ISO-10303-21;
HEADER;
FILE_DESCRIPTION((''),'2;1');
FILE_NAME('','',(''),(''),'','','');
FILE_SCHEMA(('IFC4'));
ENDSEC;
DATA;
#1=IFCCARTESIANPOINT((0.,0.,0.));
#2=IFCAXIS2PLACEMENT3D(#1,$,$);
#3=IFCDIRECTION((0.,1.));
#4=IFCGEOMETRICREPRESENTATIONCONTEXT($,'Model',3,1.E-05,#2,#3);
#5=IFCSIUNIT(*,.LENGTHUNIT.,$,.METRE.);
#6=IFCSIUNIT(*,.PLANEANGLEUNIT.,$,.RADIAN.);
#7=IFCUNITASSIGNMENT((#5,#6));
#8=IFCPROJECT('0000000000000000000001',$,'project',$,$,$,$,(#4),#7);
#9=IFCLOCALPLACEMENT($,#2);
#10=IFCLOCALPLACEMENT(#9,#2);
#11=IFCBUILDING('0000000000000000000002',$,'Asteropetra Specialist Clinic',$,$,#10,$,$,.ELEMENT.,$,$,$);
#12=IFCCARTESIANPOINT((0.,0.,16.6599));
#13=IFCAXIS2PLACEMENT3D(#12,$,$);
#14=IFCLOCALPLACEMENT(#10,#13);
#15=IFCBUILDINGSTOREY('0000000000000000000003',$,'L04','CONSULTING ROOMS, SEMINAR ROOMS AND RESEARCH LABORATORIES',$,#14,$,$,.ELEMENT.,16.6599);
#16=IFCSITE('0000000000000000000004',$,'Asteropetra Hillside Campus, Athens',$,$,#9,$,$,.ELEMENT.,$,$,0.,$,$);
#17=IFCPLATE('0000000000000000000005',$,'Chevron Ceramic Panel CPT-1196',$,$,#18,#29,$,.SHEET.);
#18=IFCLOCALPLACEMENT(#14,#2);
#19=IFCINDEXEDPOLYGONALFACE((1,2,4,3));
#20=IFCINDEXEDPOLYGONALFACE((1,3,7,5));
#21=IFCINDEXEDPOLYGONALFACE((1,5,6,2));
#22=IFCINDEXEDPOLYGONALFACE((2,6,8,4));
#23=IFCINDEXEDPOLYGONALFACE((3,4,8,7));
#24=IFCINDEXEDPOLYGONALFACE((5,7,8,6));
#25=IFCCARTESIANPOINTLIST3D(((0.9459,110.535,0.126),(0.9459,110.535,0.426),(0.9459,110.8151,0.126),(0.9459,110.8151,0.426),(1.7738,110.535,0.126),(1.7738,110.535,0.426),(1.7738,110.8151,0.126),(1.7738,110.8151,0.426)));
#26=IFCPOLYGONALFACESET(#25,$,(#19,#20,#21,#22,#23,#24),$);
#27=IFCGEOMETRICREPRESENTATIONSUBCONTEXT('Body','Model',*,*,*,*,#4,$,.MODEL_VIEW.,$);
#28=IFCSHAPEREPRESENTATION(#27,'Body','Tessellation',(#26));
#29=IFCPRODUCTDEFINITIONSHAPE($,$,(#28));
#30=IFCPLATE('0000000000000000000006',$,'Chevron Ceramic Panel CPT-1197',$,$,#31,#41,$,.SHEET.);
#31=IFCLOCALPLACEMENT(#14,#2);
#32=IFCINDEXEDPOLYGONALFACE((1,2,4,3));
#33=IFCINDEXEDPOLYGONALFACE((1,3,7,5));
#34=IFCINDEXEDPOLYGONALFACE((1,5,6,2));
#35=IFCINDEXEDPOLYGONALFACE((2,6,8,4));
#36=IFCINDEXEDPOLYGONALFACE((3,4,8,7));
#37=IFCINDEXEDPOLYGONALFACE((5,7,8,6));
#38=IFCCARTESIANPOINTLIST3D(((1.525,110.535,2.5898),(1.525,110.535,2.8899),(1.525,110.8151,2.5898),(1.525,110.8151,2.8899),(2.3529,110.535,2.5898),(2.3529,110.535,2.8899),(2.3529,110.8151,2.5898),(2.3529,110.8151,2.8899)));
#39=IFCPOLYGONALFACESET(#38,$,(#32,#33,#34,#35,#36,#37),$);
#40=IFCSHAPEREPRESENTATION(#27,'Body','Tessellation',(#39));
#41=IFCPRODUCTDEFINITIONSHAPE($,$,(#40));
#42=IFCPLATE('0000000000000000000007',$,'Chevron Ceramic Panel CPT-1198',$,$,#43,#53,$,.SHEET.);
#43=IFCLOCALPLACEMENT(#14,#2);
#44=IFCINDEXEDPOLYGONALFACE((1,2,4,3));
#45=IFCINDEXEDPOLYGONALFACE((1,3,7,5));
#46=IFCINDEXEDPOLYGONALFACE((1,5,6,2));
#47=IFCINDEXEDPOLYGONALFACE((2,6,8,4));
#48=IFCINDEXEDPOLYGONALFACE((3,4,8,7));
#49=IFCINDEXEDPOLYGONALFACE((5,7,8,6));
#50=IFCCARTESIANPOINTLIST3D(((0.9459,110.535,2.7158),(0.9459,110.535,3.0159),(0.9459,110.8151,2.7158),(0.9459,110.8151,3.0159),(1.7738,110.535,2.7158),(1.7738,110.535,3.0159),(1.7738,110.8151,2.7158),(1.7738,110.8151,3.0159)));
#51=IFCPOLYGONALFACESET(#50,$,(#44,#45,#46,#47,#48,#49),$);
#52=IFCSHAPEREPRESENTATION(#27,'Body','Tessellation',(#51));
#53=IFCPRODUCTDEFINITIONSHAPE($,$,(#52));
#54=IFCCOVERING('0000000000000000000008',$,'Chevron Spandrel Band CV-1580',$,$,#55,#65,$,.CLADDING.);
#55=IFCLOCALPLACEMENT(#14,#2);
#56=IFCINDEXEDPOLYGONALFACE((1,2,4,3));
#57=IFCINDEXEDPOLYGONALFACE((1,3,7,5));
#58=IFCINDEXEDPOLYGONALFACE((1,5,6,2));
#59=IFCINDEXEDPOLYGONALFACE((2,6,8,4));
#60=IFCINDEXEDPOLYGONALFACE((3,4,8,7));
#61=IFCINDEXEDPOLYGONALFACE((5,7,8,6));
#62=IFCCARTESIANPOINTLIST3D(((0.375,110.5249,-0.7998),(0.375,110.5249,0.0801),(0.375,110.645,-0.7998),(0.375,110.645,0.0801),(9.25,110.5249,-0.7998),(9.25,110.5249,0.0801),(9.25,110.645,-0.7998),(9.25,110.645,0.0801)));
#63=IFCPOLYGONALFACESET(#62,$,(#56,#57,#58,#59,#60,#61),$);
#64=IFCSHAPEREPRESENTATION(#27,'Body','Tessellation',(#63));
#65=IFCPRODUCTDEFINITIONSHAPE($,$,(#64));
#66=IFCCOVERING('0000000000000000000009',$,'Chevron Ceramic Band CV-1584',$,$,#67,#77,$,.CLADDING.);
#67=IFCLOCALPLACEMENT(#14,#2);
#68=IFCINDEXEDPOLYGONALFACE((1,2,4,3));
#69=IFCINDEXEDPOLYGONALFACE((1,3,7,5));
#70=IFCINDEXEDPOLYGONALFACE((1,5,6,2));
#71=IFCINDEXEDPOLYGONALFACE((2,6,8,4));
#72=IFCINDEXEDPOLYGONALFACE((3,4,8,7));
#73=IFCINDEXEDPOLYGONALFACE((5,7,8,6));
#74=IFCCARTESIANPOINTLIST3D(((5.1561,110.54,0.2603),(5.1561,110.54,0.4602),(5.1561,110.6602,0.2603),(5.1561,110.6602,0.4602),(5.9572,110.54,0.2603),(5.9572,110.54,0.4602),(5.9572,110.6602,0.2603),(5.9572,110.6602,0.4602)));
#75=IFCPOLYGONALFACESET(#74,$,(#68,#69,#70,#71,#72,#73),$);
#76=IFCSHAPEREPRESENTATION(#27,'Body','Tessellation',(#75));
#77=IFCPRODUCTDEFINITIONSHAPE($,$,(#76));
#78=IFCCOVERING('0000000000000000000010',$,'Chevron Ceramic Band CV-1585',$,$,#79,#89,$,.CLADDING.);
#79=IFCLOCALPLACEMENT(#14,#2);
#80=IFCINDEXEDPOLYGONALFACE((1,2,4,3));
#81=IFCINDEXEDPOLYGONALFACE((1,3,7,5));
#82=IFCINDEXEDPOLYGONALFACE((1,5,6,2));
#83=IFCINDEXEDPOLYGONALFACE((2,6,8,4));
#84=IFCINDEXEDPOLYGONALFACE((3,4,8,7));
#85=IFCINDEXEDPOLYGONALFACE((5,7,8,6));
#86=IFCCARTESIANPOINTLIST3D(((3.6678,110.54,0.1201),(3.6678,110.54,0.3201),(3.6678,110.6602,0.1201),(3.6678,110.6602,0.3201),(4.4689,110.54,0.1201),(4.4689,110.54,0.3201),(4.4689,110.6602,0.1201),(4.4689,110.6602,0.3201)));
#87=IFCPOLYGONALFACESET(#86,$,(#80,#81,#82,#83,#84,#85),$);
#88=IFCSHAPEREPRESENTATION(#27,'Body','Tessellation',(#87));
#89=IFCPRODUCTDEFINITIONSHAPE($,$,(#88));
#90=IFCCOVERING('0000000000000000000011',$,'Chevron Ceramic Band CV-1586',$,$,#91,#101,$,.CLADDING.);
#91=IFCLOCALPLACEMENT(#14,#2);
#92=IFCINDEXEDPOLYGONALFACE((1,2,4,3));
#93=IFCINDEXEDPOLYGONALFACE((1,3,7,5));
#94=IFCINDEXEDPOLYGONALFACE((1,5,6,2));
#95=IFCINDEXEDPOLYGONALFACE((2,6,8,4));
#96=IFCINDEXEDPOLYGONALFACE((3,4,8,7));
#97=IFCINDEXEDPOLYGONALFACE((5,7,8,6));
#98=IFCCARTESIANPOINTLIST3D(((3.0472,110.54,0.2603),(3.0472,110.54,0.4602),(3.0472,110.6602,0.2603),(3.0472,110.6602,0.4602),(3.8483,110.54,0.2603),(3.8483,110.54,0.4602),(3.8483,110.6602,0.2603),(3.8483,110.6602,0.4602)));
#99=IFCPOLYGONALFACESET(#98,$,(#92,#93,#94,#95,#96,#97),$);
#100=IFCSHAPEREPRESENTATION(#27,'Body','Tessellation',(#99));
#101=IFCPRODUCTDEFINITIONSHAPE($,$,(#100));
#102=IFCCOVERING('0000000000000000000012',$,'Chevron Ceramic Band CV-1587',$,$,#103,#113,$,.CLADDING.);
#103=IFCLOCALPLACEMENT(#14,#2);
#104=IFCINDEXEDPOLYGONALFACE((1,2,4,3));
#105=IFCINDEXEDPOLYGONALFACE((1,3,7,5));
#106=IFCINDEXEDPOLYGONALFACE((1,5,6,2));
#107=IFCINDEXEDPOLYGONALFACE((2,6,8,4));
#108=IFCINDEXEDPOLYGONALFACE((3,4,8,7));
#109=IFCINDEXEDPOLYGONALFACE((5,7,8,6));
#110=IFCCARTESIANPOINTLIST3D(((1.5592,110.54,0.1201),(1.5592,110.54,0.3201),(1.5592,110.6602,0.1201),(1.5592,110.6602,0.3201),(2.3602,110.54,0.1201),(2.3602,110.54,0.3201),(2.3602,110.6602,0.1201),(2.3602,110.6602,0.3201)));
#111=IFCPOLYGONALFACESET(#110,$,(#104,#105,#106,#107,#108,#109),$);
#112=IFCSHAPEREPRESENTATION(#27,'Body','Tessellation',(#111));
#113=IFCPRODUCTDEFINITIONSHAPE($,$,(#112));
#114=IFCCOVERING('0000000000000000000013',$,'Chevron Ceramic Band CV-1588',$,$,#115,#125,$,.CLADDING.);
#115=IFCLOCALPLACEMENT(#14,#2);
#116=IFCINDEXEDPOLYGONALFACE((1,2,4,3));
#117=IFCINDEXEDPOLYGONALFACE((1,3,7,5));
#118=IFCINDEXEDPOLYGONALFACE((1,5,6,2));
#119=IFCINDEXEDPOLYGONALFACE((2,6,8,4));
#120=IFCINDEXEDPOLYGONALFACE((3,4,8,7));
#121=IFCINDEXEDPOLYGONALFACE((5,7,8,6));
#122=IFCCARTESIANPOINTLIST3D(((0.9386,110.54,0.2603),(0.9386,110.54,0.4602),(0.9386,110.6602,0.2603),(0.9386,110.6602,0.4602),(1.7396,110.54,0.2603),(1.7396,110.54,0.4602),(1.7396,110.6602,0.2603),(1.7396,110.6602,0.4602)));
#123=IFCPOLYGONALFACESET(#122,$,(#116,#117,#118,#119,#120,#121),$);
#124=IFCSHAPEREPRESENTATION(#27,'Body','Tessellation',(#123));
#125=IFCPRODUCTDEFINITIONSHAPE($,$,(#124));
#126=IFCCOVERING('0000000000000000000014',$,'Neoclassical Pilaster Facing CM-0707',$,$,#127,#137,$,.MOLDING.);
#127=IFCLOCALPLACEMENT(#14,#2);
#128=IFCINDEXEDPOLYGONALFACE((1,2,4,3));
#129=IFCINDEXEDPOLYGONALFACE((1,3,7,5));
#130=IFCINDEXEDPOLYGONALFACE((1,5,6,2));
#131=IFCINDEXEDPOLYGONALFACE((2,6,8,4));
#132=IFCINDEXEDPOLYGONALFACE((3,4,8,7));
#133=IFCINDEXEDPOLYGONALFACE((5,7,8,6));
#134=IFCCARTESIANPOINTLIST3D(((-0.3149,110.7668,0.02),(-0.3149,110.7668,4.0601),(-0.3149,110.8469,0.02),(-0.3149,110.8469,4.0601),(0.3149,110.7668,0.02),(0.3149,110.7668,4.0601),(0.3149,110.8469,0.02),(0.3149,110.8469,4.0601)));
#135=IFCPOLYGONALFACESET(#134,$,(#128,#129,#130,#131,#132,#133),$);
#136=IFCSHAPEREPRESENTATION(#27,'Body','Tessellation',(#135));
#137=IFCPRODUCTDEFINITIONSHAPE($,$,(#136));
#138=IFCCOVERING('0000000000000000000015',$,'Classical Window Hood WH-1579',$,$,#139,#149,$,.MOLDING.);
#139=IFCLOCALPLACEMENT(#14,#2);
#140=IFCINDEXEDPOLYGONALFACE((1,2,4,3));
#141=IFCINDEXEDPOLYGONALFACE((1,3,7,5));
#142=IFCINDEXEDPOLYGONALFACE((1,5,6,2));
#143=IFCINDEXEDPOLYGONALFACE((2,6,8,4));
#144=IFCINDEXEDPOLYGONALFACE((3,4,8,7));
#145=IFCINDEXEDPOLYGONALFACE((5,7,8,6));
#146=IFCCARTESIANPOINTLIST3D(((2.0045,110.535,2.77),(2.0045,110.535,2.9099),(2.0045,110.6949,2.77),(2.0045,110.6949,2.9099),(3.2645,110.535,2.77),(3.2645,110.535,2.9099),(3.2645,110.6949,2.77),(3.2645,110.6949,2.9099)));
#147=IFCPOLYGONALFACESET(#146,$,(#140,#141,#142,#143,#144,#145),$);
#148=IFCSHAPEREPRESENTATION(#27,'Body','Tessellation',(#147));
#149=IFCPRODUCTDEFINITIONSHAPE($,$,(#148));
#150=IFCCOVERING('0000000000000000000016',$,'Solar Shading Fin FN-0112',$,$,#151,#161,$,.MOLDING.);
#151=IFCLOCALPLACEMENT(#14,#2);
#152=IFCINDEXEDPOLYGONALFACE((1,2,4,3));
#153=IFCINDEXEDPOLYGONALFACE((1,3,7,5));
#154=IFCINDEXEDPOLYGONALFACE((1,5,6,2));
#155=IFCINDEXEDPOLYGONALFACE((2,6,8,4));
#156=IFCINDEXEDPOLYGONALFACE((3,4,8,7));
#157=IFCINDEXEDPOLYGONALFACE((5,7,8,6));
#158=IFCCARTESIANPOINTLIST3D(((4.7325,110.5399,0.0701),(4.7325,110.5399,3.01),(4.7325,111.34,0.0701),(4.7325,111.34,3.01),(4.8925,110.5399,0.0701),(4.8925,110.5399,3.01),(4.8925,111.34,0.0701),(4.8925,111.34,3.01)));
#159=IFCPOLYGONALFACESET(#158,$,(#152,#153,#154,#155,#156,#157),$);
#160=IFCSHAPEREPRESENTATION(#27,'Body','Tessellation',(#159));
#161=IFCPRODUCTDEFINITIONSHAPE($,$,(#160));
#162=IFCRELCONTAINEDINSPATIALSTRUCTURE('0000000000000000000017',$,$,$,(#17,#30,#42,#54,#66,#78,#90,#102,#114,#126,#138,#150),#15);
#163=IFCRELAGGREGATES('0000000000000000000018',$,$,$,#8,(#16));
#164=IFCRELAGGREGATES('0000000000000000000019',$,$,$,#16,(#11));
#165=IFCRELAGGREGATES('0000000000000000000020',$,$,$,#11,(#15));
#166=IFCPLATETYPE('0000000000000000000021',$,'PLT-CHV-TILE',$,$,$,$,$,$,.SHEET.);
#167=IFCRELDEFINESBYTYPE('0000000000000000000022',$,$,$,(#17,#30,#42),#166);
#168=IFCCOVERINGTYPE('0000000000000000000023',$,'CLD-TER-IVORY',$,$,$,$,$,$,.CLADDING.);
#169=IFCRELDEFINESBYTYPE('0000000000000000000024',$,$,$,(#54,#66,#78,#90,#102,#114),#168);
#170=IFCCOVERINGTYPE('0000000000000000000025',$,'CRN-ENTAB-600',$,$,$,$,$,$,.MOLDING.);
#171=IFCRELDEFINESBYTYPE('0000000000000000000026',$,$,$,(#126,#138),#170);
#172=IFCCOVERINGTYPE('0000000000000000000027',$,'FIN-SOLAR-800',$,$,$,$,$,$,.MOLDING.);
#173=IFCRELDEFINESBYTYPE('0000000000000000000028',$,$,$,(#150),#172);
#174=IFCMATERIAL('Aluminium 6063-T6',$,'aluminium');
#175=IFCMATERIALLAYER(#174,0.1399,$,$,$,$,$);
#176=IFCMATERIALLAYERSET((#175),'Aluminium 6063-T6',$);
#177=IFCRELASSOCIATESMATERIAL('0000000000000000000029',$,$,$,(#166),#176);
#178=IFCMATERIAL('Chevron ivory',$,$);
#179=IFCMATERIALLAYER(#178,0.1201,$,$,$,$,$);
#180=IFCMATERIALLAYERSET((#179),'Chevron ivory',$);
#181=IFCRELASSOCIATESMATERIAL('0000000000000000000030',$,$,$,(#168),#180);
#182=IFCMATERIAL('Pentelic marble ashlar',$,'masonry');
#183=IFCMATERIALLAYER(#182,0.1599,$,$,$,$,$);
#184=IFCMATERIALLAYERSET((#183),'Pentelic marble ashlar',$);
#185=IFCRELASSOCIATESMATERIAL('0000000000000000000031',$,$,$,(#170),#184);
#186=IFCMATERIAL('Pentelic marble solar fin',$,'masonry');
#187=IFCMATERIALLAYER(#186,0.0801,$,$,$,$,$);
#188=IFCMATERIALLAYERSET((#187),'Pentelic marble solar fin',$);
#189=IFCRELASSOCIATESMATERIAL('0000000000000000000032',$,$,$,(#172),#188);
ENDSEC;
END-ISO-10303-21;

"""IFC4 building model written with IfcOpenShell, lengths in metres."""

from ifc_helpers import new_model, si_unit, direction, frame, origin, origin_2d, place, context, subcontext, project, spatial, rectangle, extrude, material, layer, layer_set, type_object, element, save


model = new_model("IFC4")

# Units and contexts
model_context = context("Model", 3, precision=1e-05, world=origin(), true_north=direction((0.0, 1.0)))
body_context = subcontext(model_context, "Body", "Model", "MODEL_VIEW")
ifc_project = project(units=[si_unit("LENGTHUNIT", "METRE"), si_unit("PLANEANGLEUNIT", "RADIAN")], contexts=[model_context])

# Site, building, storey
site_placement = place(None, origin())
site = spatial("IfcSite", under=ifc_project, at=site_placement, Name="Asteropetra Hillside Campus, Athens", CompositionType="ELEMENT", RefElevation=0.0)
building_placement = place(site_placement, origin())
building = spatial("IfcBuilding", under=site, at=building_placement, Name="Asteropetra Specialist Clinic", CompositionType="ELEMENT")
storey_placement = place(building_placement, frame((0.0, 0.0, 16.6599)))
storey = spatial("IfcBuildingStorey", under=building, at=storey_placement, Name="L04", Description="CONSULTING ROOMS, SEMINAR ROOMS AND RESEARCH LABORATORIES", CompositionType="ELEMENT", Elevation=16.6599)

# Plates
ifc_material_1 = material(Name="Aluminium 6063-T6", Category="aluminium")
ifc_layer_1 = layer(ifc_material_1, 0.1399)
ifc_layer_set_1 = layer_set([ifc_layer_1], Name="Aluminium 6063-T6")
plate_type_1 = type_object("IfcPlateType", Name="PLT-CHV-TILE", PredefinedType="SHEET", material=ifc_layer_set_1)
for number, where, z_axis, x_axis, name in (
    (1, (1.3599, 110.675, 0.126), (0.0, 0.0, 1.0), (1.0, 0.0, 0.0), "Chevron Ceramic Panel CPT-1196"),
    (2, (1.939, 110.675, 2.5898), (0.0, 0.0, 1.0), (1.0, 0.0, 0.0), "Chevron Ceramic Panel CPT-1197"),
    (3, (1.3599, 110.675, 2.7158), (0.0, 0.0, 1.0), (1.0, 0.0, 0.0), "Chevron Ceramic Panel CPT-1198"),
):
    element("IfcPlate", number, at=place(storey_placement, frame(where, z_axis=z_axis, x_axis=x_axis)), inside=storey, type_object=plate_type_1, Name=name, PredefinedType="SHEET", context=body_context, shape_type="SweptSolid", body=[
        extrude(rectangle(XDim=0.8279, YDim=0.28, at=origin_2d()), origin(), (0.0, 0.0, 1.0), 0.3),
    ])

# Coverings
ifc_material_2 = material(Name="Chevron ivory")
ifc_layer_2 = layer(ifc_material_2, 0.1201)
ifc_layer_set_2 = layer_set([ifc_layer_2], Name="Chevron ivory")
covering_type_1 = type_object("IfcCoveringType", Name="CLD-TER-IVORY", PredefinedType="CLADDING", material=ifc_layer_set_2)
covering_1_placement = place(storey_placement, frame((4.8125, 110.585, -0.7998), z_axis=(0.0, 0.0, 1.0), x_axis=(1.0, 0.0, 0.0)))
element("IfcCovering", 4, at=covering_1_placement, inside=storey, type_object=covering_type_1, Name="Chevron Spandrel Band CV-1580", PredefinedType="CLADDING", context=body_context, shape_type="SweptSolid", body=[
    extrude(rectangle(XDim=8.875, YDim=0.1201, at=origin_2d()), origin(), (0.0, 0.0, 1.0), 0.8799),
])
for number, where, z_axis, x_axis, name in (
    (5, (5.5566, 110.6001, 0.2603), (0.0, 0.0, 1.0), (1.0, 0.0, 0.0), "Chevron Ceramic Band CV-1584"),
    (6, (4.0684, 110.6001, 0.1201), (0.0, 0.0, 1.0), (1.0, 0.0, 0.0), "Chevron Ceramic Band CV-1585"),
    (7, (3.4478, 110.6001, 0.2603), (0.0, 0.0, 1.0), (1.0, 0.0, 0.0), "Chevron Ceramic Band CV-1586"),
    (8, (1.9597, 110.6001, 0.1201), (0.0, 0.0, 1.0), (1.0, 0.0, 0.0), "Chevron Ceramic Band CV-1587"),
    (9, (1.3391, 110.6001, 0.2603), (0.0, 0.0, 1.0), (1.0, 0.0, 0.0), "Chevron Ceramic Band CV-1588"),
):
    element("IfcCovering", number, at=place(storey_placement, frame(where, z_axis=z_axis, x_axis=x_axis)), inside=storey, type_object=covering_type_1, Name=name, PredefinedType="CLADDING", context=body_context, shape_type="SweptSolid", body=[
        extrude(rectangle(XDim=0.801, YDim=0.1201, at=origin_2d()), origin(), (0.0, 0.0, 1.0), 0.2),
    ])
ifc_material_3 = material(Name="Pentelic marble ashlar", Category="masonry")
ifc_layer_3 = layer(ifc_material_3, 0.1599)
ifc_layer_set_3 = layer_set([ifc_layer_3], Name="Pentelic marble ashlar")
covering_type_2 = type_object("IfcCoveringType", Name="CRN-ENTAB-600", PredefinedType="MOLDING", material=ifc_layer_set_3)
covering_2_placement = place(storey_placement, frame((0.0, 110.8069, 0.02), z_axis=(0.0, 0.0, 1.0), x_axis=(1.0, 0.0, 0.0)))
element("IfcCovering", 10, at=covering_2_placement, inside=storey, type_object=covering_type_2, Name="Neoclassical Pilaster Facing CM-0707", PredefinedType="MOLDING", context=body_context, shape_type="SweptSolid", body=[
    extrude(rectangle(XDim=0.6299, YDim=0.0801, at=origin_2d()), origin(), (0.0, 0.0, 1.0), 4.04),
])
covering_3_placement = place(storey_placement, frame((2.6345, 110.615, 2.77), z_axis=(0.0, 0.0, 1.0), x_axis=(1.0, 0.0, 0.0)))
element("IfcCovering", 11, at=covering_3_placement, inside=storey, type_object=covering_type_2, Name="Classical Window Hood WH-1579", PredefinedType="MOLDING", context=body_context, shape_type="SweptSolid", body=[
    extrude(rectangle(XDim=1.26, YDim=0.1599, at=origin_2d()), origin(), (0.0, 0.0, 1.0), 0.1399),
])
ifc_material_4 = material(Name="Pentelic marble solar fin", Category="masonry")
ifc_layer_4 = layer(ifc_material_4, 0.0801)
ifc_layer_set_4 = layer_set([ifc_layer_4], Name="Pentelic marble solar fin")
covering_type_3 = type_object("IfcCoveringType", Name="FIN-SOLAR-800", PredefinedType="MOLDING", material=ifc_layer_set_4)
covering_4_placement = place(storey_placement, frame((4.8125, 110.9399, 0.0701), z_axis=(0.0, 0.0, 1.0), x_axis=(1.0, 0.0, 0.0)))
element("IfcCovering", 12, at=covering_4_placement, inside=storey, type_object=covering_type_3, Name="Solar Shading Fin FN-0112", PredefinedType="MOLDING", context=body_context, shape_type="SweptSolid", body=[
    extrude(rectangle(XDim=0.1599, YDim=0.8, at=origin_2d()), origin(), (0.0, 0.0, 1.0), 2.9399),
])

save(model, "model.ifc")
